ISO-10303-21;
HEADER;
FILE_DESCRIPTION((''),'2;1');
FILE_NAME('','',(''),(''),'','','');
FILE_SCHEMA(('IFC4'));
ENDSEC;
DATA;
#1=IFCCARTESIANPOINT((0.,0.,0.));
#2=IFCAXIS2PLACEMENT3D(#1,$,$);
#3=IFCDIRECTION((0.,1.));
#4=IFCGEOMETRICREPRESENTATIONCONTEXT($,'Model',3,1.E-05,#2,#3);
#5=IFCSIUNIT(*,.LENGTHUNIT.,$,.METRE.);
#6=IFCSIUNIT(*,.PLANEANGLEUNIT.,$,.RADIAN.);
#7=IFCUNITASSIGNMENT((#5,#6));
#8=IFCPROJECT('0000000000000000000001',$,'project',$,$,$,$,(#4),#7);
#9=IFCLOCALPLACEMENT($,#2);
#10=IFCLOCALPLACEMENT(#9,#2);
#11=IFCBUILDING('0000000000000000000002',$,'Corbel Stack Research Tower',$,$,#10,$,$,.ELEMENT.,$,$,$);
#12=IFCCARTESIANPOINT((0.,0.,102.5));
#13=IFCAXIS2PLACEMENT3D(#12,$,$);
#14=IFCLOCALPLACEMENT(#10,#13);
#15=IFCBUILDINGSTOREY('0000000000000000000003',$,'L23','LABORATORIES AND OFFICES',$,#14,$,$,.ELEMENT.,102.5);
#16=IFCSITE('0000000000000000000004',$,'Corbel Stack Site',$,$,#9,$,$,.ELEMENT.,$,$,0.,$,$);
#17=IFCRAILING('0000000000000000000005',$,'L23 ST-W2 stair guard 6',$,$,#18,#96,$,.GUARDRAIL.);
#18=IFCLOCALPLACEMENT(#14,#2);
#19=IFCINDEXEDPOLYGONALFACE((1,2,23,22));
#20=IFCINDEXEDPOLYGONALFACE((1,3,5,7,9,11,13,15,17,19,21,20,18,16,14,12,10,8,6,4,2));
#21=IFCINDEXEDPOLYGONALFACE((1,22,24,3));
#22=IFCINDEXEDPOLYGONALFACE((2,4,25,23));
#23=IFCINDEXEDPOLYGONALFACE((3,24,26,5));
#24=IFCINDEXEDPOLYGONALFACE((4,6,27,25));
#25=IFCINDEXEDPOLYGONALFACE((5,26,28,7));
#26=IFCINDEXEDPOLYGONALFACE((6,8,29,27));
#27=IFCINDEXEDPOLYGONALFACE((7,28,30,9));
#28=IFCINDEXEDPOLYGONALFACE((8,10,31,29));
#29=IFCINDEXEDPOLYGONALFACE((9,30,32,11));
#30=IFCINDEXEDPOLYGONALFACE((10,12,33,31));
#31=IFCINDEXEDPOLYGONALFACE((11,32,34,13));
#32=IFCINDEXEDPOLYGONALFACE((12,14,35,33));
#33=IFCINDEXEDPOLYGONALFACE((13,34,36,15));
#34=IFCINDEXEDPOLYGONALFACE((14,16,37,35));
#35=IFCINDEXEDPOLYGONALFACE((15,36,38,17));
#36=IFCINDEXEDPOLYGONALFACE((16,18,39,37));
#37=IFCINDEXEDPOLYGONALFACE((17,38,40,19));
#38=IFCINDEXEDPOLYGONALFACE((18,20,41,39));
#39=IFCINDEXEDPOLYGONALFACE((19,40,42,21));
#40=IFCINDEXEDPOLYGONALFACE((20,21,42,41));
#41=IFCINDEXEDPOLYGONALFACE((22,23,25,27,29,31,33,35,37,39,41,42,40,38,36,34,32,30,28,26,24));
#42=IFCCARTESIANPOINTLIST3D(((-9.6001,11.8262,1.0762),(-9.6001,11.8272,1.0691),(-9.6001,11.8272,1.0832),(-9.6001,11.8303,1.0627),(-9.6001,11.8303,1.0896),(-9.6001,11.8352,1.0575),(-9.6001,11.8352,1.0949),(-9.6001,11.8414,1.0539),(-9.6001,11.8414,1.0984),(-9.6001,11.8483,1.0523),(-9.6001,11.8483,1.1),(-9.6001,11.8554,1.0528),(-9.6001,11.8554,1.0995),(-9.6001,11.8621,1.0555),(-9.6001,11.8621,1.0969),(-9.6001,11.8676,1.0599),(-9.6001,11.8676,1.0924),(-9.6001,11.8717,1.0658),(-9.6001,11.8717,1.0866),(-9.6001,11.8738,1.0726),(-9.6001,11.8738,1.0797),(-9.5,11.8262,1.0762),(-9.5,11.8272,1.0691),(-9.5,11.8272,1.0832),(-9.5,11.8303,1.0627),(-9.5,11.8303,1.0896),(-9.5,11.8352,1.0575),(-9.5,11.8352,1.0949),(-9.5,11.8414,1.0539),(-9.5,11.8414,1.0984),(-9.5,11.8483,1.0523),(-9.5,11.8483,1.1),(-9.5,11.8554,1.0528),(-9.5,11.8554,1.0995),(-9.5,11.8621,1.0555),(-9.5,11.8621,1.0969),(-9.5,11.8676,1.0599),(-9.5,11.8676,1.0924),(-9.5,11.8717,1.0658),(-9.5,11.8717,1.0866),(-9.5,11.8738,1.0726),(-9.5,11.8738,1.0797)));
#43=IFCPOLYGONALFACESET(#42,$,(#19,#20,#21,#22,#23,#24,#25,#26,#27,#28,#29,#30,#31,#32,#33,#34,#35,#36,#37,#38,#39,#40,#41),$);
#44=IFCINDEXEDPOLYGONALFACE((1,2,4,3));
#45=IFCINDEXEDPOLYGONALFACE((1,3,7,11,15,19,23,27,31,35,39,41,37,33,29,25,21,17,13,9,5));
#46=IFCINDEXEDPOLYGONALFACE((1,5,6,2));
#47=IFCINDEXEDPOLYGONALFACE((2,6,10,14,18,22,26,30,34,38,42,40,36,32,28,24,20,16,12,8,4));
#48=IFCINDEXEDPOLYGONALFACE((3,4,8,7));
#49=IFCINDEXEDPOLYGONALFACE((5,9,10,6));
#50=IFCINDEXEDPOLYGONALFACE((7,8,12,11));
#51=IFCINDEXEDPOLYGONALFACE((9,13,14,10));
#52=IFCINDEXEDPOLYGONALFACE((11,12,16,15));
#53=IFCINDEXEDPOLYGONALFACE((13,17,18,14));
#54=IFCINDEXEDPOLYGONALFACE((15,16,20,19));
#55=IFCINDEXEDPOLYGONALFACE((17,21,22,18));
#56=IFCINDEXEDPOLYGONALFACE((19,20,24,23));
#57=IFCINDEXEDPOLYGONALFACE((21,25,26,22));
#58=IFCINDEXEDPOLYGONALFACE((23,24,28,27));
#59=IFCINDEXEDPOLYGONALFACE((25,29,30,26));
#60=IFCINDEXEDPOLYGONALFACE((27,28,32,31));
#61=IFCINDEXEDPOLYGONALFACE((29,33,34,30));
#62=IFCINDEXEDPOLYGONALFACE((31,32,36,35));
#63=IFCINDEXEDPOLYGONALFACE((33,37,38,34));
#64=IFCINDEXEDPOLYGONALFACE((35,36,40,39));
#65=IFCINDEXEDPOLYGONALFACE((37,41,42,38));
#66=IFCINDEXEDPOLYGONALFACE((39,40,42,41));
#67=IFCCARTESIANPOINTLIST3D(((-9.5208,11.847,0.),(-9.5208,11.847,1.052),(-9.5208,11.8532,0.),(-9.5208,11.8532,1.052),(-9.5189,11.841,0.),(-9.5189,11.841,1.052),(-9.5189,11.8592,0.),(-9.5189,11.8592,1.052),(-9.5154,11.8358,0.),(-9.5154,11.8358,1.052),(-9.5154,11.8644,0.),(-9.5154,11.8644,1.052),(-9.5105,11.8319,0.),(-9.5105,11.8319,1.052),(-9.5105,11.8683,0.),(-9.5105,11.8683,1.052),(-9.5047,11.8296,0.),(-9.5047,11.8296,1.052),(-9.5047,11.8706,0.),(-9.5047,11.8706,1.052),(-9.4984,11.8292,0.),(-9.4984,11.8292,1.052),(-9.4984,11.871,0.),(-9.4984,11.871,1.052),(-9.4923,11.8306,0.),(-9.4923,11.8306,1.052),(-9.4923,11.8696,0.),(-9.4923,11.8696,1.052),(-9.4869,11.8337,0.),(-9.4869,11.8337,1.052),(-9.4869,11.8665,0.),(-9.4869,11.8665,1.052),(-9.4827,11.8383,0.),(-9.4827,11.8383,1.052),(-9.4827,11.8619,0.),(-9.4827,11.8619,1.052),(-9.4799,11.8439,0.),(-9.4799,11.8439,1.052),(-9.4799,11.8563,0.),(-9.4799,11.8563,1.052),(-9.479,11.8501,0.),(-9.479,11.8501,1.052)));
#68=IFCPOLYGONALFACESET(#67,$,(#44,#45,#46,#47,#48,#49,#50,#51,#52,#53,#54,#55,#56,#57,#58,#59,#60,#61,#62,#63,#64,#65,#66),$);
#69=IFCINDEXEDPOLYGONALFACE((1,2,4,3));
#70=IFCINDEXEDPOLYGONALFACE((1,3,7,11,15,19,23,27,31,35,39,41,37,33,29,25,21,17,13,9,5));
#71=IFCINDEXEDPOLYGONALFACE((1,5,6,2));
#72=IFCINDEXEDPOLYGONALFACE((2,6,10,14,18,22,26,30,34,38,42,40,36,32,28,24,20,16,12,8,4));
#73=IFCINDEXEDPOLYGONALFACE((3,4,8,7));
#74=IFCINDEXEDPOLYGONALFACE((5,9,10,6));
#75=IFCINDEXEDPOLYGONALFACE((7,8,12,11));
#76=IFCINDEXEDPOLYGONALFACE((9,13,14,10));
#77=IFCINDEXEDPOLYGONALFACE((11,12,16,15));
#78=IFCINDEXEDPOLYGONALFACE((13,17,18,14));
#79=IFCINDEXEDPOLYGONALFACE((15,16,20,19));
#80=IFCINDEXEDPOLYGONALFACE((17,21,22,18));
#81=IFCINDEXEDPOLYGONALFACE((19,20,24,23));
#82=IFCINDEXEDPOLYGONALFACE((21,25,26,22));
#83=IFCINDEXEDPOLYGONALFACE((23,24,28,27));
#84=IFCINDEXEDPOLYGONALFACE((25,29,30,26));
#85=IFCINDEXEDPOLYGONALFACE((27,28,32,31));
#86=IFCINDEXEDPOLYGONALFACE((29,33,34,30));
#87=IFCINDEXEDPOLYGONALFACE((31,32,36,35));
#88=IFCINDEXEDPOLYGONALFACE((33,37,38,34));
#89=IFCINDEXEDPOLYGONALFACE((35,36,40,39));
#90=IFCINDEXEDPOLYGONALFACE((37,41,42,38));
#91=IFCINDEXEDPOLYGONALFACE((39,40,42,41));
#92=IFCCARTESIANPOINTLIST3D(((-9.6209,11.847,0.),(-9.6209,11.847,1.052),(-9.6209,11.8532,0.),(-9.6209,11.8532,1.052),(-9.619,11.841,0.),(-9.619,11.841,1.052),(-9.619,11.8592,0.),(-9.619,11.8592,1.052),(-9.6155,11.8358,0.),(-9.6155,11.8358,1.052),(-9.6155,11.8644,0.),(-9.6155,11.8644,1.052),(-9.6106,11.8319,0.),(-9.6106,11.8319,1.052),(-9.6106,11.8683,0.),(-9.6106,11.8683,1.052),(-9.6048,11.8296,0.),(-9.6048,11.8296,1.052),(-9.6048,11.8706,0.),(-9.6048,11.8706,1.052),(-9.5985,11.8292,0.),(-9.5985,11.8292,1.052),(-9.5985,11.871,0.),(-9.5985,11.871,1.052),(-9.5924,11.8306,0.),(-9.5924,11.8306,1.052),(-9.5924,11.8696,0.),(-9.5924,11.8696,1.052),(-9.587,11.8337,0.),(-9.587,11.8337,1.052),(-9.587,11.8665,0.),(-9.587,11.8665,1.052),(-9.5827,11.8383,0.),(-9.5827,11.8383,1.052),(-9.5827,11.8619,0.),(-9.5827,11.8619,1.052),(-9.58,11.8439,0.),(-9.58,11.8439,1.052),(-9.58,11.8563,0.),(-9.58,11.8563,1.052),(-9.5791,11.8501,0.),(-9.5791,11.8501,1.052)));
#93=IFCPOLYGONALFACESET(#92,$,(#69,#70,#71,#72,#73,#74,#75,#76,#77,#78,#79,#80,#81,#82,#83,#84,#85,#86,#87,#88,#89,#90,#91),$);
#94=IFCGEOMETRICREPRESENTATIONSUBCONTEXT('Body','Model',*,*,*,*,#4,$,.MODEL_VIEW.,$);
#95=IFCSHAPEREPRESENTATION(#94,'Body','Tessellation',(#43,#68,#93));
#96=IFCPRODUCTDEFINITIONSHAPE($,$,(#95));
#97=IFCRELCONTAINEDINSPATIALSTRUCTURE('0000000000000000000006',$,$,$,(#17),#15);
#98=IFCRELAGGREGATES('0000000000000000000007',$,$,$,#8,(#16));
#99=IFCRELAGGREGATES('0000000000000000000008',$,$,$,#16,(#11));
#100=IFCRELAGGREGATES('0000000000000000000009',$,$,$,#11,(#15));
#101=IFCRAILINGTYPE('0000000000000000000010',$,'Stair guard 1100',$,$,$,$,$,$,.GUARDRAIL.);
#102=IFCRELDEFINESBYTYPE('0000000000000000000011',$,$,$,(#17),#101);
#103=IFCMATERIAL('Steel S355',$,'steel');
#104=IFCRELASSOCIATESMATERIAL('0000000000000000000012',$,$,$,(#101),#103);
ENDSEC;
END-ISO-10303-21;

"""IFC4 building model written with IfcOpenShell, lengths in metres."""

from ifc_helpers import new_model, si_unit, direction, frame, origin, origin_2d, place, context, subcontext, project, spatial, circle, extrude, material, type_object, element, save


model = new_model("IFC4")

# Units and contexts
model_context = context("Model", 3, precision=1e-05, world=origin(), true_north=direction((0.0, 1.0)))
body_context = subcontext(model_context, "Body", "Model", "MODEL_VIEW")
ifc_project = project(units=[si_unit("LENGTHUNIT", "METRE"), si_unit("PLANEANGLEUNIT", "RADIAN")], contexts=[model_context])

# Site, building, storey
site_placement = place(None, origin())
site = spatial("IfcSite", under=ifc_project, at=site_placement, Name="Corbel Stack Site", CompositionType="ELEMENT", RefElevation=0.0)
building_placement = place(site_placement, origin())
building = spatial("IfcBuilding", under=site, at=building_placement, Name="Corbel Stack Research Tower", CompositionType="ELEMENT")
storey_placement = place(building_placement, frame((0.0, 0.0, 102.5)))
storey = spatial("IfcBuildingStorey", under=building, at=storey_placement, Name="L23", Description="LABORATORIES AND OFFICES", CompositionType="ELEMENT", Elevation=102.5)

# Railing
ifc_material_1 = material(Name="Steel S355", Category="steel")
railing_type_1 = type_object("IfcRailingType", Name="Stair guard 1100", PredefinedType="GUARDRAIL", material=ifc_material_1)
for number, where, name in (
    (1, (-9.5, 11.8501, 0.0), "L23 ST-W2 stair guard 6"),
):
    element("IfcRailing", number, at=place(storey_placement, frame(where)), inside=storey, type_object=railing_type_1, Name=name, PredefinedType="GUARDRAIL", context=body_context, shape_type="SweptSolid", body=[
        extrude(circle(Radius=0.0239, at=origin_2d()), frame((0.0, 0.0, 1.0762), z_axis=(-1.0, 0.0, 0.0), x_axis=(0.0, -1.0, 0.0)), (0.0, 0.0, 1.0), 0.1001),
        extrude(circle(Radius=0.021, at=origin_2d()), origin(), (0.0, 0.0, 1.0), 1.052),
        extrude(circle(Radius=0.021, at=origin_2d()), frame((-0.1001, 0.0, 0.0)), (0.0, 0.0, 1.0), 1.052),
    ])

save(model, "model.ifc")
